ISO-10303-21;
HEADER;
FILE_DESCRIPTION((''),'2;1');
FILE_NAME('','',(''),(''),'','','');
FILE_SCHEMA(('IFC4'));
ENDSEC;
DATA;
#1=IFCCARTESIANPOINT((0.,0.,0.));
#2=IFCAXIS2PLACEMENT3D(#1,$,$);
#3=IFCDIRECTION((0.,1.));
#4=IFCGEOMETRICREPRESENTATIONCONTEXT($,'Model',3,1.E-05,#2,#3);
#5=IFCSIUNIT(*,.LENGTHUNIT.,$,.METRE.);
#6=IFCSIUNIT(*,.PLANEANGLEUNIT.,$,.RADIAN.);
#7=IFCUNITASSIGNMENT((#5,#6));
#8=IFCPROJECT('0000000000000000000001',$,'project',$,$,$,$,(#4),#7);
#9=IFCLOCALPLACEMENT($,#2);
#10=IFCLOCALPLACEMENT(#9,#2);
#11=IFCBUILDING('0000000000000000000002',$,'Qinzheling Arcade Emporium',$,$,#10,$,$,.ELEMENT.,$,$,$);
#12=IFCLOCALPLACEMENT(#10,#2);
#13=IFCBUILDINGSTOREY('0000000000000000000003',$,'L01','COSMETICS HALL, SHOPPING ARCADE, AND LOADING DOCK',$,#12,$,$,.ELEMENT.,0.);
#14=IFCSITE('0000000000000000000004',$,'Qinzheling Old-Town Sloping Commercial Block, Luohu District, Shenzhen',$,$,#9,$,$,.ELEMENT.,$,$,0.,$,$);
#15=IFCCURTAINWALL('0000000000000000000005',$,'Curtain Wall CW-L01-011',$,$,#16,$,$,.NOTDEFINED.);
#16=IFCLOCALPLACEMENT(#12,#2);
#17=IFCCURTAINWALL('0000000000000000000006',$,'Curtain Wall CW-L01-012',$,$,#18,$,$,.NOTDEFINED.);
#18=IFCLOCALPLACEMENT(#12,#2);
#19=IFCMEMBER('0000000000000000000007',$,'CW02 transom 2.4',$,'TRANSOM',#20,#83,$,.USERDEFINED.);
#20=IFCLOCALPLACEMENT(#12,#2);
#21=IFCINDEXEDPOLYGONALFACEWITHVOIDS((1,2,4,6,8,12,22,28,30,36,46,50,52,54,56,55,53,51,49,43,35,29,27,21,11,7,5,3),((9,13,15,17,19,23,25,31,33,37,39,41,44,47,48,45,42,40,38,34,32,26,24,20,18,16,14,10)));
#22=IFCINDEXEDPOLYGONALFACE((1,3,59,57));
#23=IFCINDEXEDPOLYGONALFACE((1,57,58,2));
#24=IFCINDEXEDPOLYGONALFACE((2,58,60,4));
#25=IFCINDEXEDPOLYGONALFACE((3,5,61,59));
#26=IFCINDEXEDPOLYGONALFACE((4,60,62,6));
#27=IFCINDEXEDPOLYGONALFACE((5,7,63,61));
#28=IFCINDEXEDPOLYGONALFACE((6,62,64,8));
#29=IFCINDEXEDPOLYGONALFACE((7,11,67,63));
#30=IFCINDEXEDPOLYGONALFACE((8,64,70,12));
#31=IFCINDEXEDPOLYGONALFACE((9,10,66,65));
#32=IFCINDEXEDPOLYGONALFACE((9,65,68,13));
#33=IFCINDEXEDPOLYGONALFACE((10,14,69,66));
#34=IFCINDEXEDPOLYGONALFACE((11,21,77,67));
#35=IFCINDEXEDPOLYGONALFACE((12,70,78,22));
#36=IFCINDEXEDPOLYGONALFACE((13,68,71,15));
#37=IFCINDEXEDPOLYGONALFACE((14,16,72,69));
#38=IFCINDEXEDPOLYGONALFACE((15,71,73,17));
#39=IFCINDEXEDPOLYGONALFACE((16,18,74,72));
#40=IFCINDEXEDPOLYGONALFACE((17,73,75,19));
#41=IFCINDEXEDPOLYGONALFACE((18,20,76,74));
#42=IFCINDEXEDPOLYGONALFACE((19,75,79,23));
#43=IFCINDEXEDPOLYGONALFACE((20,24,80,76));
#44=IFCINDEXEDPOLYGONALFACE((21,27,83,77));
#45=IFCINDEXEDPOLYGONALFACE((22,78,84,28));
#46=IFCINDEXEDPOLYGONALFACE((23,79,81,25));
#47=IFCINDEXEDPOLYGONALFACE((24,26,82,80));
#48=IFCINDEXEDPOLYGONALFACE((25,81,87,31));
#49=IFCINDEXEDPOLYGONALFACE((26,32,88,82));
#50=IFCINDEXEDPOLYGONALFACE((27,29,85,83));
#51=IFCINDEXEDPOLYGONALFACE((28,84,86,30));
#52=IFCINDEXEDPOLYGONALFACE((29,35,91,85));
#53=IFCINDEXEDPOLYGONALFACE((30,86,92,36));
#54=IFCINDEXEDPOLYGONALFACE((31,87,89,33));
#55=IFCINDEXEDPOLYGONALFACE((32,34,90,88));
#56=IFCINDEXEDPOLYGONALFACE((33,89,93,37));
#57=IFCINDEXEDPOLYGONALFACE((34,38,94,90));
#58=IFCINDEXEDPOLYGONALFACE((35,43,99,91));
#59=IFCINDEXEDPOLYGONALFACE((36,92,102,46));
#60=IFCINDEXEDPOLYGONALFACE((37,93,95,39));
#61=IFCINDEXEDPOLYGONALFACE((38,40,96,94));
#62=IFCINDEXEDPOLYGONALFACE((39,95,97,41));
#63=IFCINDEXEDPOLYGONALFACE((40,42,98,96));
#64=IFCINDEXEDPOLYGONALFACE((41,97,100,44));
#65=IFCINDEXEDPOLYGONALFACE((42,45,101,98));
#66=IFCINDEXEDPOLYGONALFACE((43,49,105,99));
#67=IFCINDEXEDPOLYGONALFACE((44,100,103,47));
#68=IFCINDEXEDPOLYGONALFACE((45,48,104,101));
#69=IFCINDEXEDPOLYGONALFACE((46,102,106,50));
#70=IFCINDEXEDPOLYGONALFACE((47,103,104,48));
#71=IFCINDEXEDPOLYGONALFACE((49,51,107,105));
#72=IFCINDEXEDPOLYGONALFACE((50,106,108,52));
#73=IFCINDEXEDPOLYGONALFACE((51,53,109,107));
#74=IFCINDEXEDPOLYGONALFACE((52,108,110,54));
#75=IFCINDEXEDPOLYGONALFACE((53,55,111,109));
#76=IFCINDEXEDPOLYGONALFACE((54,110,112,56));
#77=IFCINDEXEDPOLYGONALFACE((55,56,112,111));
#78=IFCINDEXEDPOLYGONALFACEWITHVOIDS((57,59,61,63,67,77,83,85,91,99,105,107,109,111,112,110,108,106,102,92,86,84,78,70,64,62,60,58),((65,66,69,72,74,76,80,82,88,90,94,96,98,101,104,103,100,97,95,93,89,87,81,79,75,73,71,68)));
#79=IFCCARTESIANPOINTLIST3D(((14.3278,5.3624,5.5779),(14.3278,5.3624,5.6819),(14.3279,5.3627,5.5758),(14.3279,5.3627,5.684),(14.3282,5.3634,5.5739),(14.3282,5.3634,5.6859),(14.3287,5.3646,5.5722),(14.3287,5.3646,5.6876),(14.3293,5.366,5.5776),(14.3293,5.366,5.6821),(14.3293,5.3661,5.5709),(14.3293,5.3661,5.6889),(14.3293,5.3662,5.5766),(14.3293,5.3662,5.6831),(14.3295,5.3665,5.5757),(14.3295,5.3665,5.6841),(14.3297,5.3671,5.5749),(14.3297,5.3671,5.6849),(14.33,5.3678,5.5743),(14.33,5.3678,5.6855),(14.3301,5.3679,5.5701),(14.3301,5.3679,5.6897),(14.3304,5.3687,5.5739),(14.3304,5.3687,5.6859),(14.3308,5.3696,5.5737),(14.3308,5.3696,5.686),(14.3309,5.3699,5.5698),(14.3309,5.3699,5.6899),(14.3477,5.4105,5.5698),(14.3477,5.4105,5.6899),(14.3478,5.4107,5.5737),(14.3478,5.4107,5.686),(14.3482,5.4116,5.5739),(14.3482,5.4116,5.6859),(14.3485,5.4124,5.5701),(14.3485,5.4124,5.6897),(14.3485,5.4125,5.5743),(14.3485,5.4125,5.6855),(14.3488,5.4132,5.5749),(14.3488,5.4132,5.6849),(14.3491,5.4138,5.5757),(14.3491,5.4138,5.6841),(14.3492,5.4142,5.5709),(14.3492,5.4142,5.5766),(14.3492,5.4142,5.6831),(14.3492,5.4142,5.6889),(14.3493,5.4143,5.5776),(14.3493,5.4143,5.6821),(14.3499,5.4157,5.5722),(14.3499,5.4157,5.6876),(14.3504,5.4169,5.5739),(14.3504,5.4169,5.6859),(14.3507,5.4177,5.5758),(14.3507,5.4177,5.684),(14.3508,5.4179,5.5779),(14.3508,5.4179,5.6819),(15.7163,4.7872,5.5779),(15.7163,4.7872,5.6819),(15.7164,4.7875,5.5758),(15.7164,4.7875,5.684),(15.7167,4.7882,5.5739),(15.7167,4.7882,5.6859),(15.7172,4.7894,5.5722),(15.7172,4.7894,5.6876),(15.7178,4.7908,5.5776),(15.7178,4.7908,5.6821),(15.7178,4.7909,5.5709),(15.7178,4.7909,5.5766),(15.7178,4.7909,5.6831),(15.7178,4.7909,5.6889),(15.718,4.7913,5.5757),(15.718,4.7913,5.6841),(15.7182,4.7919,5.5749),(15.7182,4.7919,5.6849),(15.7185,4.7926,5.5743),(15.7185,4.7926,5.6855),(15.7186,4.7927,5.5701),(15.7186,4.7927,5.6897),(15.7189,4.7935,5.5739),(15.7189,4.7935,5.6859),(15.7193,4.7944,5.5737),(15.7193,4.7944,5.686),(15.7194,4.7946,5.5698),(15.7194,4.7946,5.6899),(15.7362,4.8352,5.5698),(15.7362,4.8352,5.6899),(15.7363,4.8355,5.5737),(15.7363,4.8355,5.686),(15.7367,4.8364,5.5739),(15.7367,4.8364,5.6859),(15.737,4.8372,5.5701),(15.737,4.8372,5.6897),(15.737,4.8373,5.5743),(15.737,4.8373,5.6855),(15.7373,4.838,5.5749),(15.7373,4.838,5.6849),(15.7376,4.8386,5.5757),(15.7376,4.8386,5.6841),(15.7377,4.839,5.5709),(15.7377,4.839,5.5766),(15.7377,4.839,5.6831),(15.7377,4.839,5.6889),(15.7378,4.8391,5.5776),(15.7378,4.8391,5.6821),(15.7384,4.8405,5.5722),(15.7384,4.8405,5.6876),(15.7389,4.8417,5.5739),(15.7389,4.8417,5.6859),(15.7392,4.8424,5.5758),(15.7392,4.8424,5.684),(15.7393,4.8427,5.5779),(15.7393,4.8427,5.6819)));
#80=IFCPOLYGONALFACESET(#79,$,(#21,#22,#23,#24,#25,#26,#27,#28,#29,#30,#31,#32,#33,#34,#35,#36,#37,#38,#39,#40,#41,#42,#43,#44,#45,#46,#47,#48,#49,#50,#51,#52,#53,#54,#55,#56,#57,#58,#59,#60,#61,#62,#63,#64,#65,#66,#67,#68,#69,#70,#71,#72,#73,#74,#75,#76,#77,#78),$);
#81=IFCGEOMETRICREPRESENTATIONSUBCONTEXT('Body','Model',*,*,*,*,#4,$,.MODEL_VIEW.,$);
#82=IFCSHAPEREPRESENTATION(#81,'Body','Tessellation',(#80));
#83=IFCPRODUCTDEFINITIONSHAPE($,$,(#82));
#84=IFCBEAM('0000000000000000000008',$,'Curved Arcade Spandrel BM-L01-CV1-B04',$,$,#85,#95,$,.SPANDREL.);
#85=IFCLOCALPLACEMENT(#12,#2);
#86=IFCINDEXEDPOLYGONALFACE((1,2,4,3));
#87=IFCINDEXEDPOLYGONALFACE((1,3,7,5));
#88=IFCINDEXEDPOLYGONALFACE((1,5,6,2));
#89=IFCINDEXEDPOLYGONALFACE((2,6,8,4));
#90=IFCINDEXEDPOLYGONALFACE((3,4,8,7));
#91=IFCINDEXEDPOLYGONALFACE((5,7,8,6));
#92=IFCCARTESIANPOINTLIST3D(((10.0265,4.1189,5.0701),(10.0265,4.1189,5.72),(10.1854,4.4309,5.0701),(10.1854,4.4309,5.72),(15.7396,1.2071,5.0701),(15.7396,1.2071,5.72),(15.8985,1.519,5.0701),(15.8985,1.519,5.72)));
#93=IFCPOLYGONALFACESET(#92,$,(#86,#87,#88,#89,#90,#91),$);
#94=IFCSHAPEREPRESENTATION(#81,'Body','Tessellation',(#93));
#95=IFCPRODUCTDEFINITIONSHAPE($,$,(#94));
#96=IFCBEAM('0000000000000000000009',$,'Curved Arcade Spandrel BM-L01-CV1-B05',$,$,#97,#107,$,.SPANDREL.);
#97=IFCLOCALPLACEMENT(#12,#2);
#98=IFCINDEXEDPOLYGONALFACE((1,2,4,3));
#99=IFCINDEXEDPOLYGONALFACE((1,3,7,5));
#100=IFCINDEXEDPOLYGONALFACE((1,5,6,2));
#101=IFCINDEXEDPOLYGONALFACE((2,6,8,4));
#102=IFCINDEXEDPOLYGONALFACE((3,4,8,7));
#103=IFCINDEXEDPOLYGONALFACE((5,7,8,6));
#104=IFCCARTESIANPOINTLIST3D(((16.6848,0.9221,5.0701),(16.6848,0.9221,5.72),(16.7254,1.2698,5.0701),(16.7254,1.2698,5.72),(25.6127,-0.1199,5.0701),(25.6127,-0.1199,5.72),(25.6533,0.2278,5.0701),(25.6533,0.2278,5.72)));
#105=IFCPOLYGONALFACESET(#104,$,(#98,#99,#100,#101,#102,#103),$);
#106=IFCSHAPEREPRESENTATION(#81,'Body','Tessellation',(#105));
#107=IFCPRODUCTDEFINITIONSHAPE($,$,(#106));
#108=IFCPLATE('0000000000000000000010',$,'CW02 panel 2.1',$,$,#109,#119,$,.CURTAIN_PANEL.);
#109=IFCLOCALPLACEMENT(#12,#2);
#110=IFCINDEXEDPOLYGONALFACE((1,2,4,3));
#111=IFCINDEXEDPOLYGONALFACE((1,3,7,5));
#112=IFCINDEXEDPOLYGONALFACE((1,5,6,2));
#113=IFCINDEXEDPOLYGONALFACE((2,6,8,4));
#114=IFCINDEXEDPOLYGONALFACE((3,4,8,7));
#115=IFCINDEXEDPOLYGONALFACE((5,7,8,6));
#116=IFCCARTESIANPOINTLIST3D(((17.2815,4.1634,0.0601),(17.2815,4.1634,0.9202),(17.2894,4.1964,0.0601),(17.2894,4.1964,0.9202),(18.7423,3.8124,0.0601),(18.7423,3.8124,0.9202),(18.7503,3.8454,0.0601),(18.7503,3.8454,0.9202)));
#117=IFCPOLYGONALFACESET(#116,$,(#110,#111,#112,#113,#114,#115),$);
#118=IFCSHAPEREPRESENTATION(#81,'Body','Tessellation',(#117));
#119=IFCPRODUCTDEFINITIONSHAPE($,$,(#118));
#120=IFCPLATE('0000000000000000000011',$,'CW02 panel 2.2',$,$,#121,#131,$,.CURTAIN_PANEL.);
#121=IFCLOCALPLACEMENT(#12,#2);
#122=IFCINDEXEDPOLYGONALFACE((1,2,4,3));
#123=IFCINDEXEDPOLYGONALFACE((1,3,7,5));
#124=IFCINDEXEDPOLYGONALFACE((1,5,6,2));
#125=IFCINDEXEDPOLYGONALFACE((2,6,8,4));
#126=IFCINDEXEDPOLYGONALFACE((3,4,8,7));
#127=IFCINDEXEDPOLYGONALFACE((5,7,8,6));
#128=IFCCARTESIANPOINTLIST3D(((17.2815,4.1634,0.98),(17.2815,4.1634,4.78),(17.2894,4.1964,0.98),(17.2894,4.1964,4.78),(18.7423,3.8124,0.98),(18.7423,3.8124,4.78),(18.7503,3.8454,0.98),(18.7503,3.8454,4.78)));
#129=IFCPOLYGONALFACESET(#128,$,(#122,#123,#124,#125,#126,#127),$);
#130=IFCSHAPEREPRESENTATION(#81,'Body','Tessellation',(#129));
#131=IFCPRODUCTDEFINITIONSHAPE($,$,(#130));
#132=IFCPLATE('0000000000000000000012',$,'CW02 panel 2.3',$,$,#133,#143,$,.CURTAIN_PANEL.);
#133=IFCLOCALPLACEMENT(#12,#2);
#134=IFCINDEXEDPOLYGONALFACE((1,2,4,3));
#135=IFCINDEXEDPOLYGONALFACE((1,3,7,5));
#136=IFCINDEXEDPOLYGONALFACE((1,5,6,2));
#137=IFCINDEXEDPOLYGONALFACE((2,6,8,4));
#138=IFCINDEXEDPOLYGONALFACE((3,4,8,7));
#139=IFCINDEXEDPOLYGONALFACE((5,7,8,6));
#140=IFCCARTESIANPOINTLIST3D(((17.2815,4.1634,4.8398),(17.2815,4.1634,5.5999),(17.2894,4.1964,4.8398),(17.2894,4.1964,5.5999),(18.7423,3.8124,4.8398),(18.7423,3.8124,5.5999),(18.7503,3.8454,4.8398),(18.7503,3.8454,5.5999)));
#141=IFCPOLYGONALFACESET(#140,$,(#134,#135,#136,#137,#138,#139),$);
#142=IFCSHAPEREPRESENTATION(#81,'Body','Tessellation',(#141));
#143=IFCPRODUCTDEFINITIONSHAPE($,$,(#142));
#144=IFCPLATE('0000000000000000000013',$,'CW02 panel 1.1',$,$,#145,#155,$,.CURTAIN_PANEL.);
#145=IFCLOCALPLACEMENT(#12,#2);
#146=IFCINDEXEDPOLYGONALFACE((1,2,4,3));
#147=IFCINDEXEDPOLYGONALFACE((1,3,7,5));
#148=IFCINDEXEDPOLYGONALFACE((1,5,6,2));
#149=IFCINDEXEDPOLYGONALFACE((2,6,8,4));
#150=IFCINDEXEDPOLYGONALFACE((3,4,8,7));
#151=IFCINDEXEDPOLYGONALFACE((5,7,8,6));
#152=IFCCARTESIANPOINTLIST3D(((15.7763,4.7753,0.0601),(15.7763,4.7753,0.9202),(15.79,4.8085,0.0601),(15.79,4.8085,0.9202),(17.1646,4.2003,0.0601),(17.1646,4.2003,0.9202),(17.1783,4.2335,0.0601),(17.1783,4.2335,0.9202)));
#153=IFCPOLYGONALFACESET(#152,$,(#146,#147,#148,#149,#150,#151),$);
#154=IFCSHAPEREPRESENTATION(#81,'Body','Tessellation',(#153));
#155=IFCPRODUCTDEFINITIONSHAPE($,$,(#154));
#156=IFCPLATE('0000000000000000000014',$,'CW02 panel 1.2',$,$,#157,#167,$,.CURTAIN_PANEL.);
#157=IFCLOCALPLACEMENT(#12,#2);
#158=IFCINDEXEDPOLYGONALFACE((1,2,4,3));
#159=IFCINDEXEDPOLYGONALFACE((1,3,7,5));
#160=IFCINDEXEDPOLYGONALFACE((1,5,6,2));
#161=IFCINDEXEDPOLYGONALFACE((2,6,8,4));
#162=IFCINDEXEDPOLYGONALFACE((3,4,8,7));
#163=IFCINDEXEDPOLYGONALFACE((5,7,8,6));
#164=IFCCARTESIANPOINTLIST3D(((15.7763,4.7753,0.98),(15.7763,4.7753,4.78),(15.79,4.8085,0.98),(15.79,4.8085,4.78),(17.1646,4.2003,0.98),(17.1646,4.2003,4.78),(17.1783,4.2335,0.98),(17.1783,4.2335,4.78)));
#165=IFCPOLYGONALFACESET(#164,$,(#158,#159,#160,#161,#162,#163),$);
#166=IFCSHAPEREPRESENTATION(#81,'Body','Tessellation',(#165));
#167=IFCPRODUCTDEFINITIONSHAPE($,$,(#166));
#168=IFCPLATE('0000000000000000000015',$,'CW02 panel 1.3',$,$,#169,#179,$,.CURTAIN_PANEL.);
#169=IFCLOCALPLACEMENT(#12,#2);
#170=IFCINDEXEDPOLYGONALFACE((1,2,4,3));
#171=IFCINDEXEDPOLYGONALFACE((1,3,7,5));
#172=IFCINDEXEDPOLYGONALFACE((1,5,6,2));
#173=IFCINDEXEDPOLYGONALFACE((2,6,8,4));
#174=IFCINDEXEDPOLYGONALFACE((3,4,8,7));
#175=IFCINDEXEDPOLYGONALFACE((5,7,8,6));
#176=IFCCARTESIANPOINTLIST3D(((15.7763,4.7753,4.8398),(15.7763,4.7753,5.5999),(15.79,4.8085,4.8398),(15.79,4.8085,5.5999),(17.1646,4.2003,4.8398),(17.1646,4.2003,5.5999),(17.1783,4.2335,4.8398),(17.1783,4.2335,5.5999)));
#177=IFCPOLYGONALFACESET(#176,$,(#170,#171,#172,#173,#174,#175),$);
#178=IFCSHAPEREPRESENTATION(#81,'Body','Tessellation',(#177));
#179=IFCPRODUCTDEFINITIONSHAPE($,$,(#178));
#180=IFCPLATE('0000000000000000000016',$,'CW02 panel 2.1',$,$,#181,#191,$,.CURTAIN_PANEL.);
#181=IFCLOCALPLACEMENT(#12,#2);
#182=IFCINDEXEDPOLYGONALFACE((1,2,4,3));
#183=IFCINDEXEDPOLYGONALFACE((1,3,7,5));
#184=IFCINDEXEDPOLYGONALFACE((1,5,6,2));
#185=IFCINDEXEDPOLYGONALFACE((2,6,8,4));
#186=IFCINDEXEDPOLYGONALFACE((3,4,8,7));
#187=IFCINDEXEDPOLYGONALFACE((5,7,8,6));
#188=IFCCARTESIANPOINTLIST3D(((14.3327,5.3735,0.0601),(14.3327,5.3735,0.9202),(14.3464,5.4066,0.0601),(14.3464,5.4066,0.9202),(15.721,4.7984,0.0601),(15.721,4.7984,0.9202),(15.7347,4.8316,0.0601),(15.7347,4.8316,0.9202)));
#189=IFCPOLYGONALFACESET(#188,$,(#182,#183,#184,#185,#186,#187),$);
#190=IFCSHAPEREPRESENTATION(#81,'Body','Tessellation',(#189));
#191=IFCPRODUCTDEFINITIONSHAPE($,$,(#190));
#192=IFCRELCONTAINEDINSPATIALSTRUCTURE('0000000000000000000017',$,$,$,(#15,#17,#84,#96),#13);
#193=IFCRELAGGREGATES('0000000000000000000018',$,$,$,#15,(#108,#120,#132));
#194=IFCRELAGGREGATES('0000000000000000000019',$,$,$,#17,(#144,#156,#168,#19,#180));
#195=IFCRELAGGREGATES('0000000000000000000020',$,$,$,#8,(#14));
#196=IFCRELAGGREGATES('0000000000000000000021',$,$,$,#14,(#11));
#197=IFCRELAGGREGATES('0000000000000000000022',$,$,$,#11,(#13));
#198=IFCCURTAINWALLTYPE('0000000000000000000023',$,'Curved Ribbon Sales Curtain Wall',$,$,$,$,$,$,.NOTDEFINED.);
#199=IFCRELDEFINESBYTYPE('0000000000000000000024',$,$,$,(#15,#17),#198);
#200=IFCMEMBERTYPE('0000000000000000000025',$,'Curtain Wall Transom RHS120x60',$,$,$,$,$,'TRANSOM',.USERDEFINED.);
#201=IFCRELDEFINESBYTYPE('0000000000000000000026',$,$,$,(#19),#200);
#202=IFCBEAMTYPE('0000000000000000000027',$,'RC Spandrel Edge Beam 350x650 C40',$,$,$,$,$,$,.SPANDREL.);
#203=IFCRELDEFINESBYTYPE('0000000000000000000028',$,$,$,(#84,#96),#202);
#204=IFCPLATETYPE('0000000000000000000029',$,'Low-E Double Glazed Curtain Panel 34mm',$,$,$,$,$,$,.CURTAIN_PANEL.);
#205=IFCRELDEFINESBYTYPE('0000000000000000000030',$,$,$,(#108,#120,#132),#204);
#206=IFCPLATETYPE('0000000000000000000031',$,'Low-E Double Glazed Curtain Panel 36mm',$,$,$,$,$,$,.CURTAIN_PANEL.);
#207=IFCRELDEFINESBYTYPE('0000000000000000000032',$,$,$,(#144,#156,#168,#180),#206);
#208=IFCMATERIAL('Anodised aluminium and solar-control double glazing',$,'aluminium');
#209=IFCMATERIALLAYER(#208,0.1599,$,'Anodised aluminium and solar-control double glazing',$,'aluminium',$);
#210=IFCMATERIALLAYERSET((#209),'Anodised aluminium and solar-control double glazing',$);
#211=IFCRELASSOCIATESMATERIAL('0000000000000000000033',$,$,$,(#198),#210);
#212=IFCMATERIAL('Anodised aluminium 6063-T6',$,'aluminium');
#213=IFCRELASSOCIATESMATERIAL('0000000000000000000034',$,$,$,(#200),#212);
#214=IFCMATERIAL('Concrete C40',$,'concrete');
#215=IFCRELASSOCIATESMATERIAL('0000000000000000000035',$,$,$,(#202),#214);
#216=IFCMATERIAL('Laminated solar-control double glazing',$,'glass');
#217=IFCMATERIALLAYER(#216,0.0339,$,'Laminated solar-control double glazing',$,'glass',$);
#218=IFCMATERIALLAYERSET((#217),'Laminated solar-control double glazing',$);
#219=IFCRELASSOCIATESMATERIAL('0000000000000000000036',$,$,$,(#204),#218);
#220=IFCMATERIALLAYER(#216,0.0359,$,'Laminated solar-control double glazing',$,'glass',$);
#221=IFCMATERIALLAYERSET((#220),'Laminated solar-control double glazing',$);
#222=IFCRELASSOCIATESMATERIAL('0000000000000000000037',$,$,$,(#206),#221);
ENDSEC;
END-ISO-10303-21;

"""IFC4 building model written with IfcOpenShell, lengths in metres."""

from ifc_helpers import new_model, si_unit, direction, frame, origin, origin_2d, place, context, subcontext, project, spatial, rectangle, hollow_rectangle, extrude, material, layer, layer_set, material_profile, profile_set, type_object, element, aggregate, save


model = new_model("IFC4")

# Units and contexts
model_context = context("Model", 3, precision=1e-05, world=origin(), true_north=direction((0.0, 1.0)))
body_context = subcontext(model_context, "Body", "Model", "MODEL_VIEW")
ifc_project = project(units=[si_unit("LENGTHUNIT", "METRE"), si_unit("PLANEANGLEUNIT", "RADIAN")], contexts=[model_context])

# Site, building, storey
site_placement = place(None, origin())
site = spatial("IfcSite", under=ifc_project, at=site_placement, Name="Qinzheling Old-Town Sloping Commercial Block, Luohu District, Shenzhen", CompositionType="ELEMENT", RefElevation=0.0)
building_placement = place(site_placement, origin())
building = spatial("IfcBuilding", under=site, at=building_placement, Name="Qinzheling Arcade Emporium", CompositionType="ELEMENT")
storey_placement = place(building_placement, origin())
storey = spatial("IfcBuildingStorey", under=building, at=storey_placement, Name="L01", Description="COSMETICS HALL, SHOPPING ARCADE, AND LOADING DOCK", CompositionType="ELEMENT", Elevation=0.0)

# Curtain wall
ifc_material_1 = material(Name="Anodised aluminium and solar-control double glazing", Category="aluminium")
ifc_layer_1 = layer(ifc_material_1, 0.1599, Name="Anodised aluminium and solar-control double glazing", Category="aluminium")
ifc_layer_set_1 = layer_set([ifc_layer_1], Name="Anodised aluminium and solar-control double glazing")
curtain_wall_type = type_object("IfcCurtainWallType", Name="Curved Ribbon Sales Curtain Wall", PredefinedType="NOTDEFINED", material=ifc_layer_set_1)
curtain_wall_1_placement = place(storey_placement, origin())
curtain_wall_1 = element("IfcCurtainWall", 1, at=curtain_wall_1_placement, inside=storey, type_object=curtain_wall_type, Name="Curtain Wall CW-L01-011", PredefinedType="NOTDEFINED")
ifc_material_2 = material(Name="Anodised aluminium 6063-T6", Category="aluminium")

# Curtain wall, member
curtain_wall_2_placement = place(storey_placement, origin())
curtain_wall_2 = element("IfcCurtainWall", 2, at=curtain_wall_2_placement, inside=storey, type_object=curtain_wall_type, Name="Curtain Wall CW-L01-012", PredefinedType="NOTDEFINED")
ifc_material_profile_1 = material_profile(ifc_material_2, hollow_rectangle(XDim=0.0601, YDim=0.1201, WallThickness=0.0039, InnerFilletRadius=0.0039, OuterFilletRadius=0.0081, at=origin_2d()), Name="RHS 120x60x4", Category="aluminium")
ifc_profile_set_1 = profile_set([ifc_material_profile_1], Name="Anodised aluminium 6063-T6")
member_type_1 = type_object("IfcMemberType", Name="Curtain Wall Transom RHS120x60", ElementType="TRANSOM", PredefinedType="USERDEFINED", material=ifc_profile_set_1)
member_1_placement = place(storey_placement, frame((15.7278, 4.8149, 5.6299), z_axis=(-0.923858, 0.382734, 0.0), x_axis=(-0.382734, -0.923858, 0.0)))
member_1 = element("IfcMember", 3, at=member_1_placement, type_object=member_type_1, Name="CW02 transom 2.4", ObjectType="TRANSOM", PredefinedType="USERDEFINED", context=body_context, shape_type="SweptSolid", body=[
    extrude(hollow_rectangle(XDim=0.0601, YDim=0.1201, WallThickness=0.0039, InnerFilletRadius=0.0039, OuterFilletRadius=0.0081, at=origin_2d()), origin(), (0.0, 0.0, 1.0), 1.5029),
])

# Beams
ifc_material_3 = material(Name="Concrete C40", Category="concrete")
ifc_material_profile_2 = material_profile(ifc_material_3, rectangle(XDim=0.3501, YDim=0.6499, at=origin_2d()), Name="RC 350x650", Category="concrete")
ifc_profile_set_2 = profile_set([ifc_material_profile_2], Name="Concrete C40")
beam_type_1 = type_object("IfcBeamType", Name="RC Spandrel Edge Beam 350x650 C40", PredefinedType="SPANDREL", material=ifc_profile_set_2)
beam_1_placement = place(storey_placement, frame((10.106, 4.2749, 5.395), z_axis=(0.890951, -0.454099, 0.0), x_axis=(0.454099, 0.890951, 0.0)))
element("IfcBeam", 4, at=beam_1_placement, inside=storey, type_object=beam_type_1, Name="Curved Arcade Spandrel BM-L01-CV1-B04", PredefinedType="SPANDREL", context=body_context, shape_type="SweptSolid", body=[
    extrude(rectangle(XDim=0.3501, YDim=0.6499, at=origin_2d()), origin(), (0.0, 0.0, 1.0), 6.4124),
])
beam_2_placement = place(storey_placement, frame((16.7051, 1.0959, 5.395), z_axis=(0.993258, -0.115924, 0.0), x_axis=(0.115924, 0.993258, 0.0)))
element("IfcBeam", 5, at=beam_2_placement, inside=storey, type_object=beam_type_1, Name="Curved Arcade Spandrel BM-L01-CV1-B05", PredefinedType="SPANDREL", context=body_context, shape_type="SweptSolid", body=[
    extrude(rectangle(XDim=0.3501, YDim=0.6499, at=origin_2d()), origin(), (0.0, 0.0, 1.0), 8.9885),
])

# Plates
ifc_material_4 = material(Name="Laminated solar-control double glazing", Category="glass")
ifc_layer_2 = layer(ifc_material_4, 0.0339, Name="Laminated solar-control double glazing", Category="glass")
ifc_layer_set_2 = layer_set([ifc_layer_2], Name="Laminated solar-control double glazing")
plate_type_1 = type_object("IfcPlateType", Name="Low-E Double Glazed Curtain Panel 34mm", PredefinedType="CURTAIN_PANEL", material=ifc_layer_set_2)
plate_1_placement = place(storey_placement, frame((18.0159, 4.0044, 0.0601), z_axis=(0.0, 0.0, 1.0), x_axis=(-0.972336, 0.233587, 0.0)))
plate_1 = element("IfcPlate", 6, at=plate_1_placement, type_object=plate_type_1, Name="CW02 panel 2.1", PredefinedType="CURTAIN_PANEL", context=body_context, shape_type="SweptSolid", body=[
    extrude(rectangle(XDim=1.5024, YDim=0.0339, at=origin_2d()), origin(), (0.0, 0.0, 1.0), 0.8601),
])
plate_2_placement = place(storey_placement, frame((18.0159, 4.0044, 0.98), z_axis=(0.0, 0.0, 1.0), x_axis=(-0.972336, 0.233587, 0.0)))
plate_2 = element("IfcPlate", 7, at=plate_2_placement, type_object=plate_type_1, Name="CW02 panel 2.2", PredefinedType="CURTAIN_PANEL", context=body_context, shape_type="SweptSolid", body=[
    extrude(rectangle(XDim=1.5024, YDim=0.0339, at=origin_2d()), origin(), (0.0, 0.0, 1.0), 3.8),
])
plate_3_placement = place(storey_placement, frame((18.0159, 4.0044, 4.8398), z_axis=(0.0, 0.0, 1.0), x_axis=(-0.972336, 0.233587, 0.0)))
plate_3 = element("IfcPlate", 8, at=plate_3_placement, type_object=plate_type_1, Name="CW02 panel 2.3", PredefinedType="CURTAIN_PANEL", context=body_context, shape_type="SweptSolid", body=[
    extrude(rectangle(XDim=1.5024, YDim=0.0339, at=origin_2d()), origin(), (0.0, 0.0, 1.0), 0.76),
])
aggregate(curtain_wall_1, [plate_1, plate_2, plate_3])
ifc_layer_3 = layer(ifc_material_4, 0.0359, Name="Laminated solar-control double glazing", Category="glass")
ifc_layer_set_3 = layer_set([ifc_layer_3], Name="Laminated solar-control double glazing")
plate_type_2 = type_object("IfcPlateType", Name="Low-E Double Glazed Curtain Panel 36mm", PredefinedType="CURTAIN_PANEL", material=ifc_layer_set_3)
plate_4_placement = place(storey_placement, frame((16.4773, 4.5044, 0.0601), z_axis=(0.0, 0.0, 1.0), x_axis=(-0.923883, 0.382675, 0.0)))
plate_4 = element("IfcPlate", 9, at=plate_4_placement, type_object=plate_type_2, Name="CW02 panel 1.1", PredefinedType="CURTAIN_PANEL", context=body_context, shape_type="SweptSolid", body=[
    extrude(rectangle(XDim=1.5027, YDim=0.0359, at=origin_2d()), origin(), (0.0, 0.0, 1.0), 0.8601),
])
plate_5_placement = place(storey_placement, frame((16.4773, 4.5044, 0.98), z_axis=(0.0, 0.0, 1.0), x_axis=(-0.923883, 0.382675, 0.0)))
plate_5 = element("IfcPlate", 10, at=plate_5_placement, type_object=plate_type_2, Name="CW02 panel 1.2", PredefinedType="CURTAIN_PANEL", context=body_context, shape_type="SweptSolid", body=[
    extrude(rectangle(XDim=1.5027, YDim=0.0359, at=origin_2d()), origin(), (0.0, 0.0, 1.0), 3.8),
])
plate_6_placement = place(storey_placement, frame((16.4773, 4.5044, 4.8398), z_axis=(0.0, 0.0, 1.0), x_axis=(-0.923883, 0.382675, 0.0)))
plate_6 = element("IfcPlate", 11, at=plate_6_placement, type_object=plate_type_2, Name="CW02 panel 1.3", PredefinedType="CURTAIN_PANEL", context=body_context, shape_type="SweptSolid", body=[
    extrude(rectangle(XDim=1.5027, YDim=0.0359, at=origin_2d()), origin(), (0.0, 0.0, 1.0), 0.76),
])
plate_7_placement = place(storey_placement, frame((15.0337, 5.1025, 0.0601), z_axis=(0.0, 0.0, 1.0), x_axis=(-0.923883, 0.382675, 0.0)))
plate_7 = element("IfcPlate", 12, at=plate_7_placement, type_object=plate_type_2, Name="CW02 panel 2.1", PredefinedType="CURTAIN_PANEL", context=body_context, shape_type="SweptSolid", body=[
    extrude(rectangle(XDim=1.5027, YDim=0.0359, at=origin_2d()), origin(), (0.0, 0.0, 1.0), 0.8601),
])
aggregate(curtain_wall_2, [plate_4, plate_5, plate_6, member_1, plate_7])

save(model, "model.ifc")
